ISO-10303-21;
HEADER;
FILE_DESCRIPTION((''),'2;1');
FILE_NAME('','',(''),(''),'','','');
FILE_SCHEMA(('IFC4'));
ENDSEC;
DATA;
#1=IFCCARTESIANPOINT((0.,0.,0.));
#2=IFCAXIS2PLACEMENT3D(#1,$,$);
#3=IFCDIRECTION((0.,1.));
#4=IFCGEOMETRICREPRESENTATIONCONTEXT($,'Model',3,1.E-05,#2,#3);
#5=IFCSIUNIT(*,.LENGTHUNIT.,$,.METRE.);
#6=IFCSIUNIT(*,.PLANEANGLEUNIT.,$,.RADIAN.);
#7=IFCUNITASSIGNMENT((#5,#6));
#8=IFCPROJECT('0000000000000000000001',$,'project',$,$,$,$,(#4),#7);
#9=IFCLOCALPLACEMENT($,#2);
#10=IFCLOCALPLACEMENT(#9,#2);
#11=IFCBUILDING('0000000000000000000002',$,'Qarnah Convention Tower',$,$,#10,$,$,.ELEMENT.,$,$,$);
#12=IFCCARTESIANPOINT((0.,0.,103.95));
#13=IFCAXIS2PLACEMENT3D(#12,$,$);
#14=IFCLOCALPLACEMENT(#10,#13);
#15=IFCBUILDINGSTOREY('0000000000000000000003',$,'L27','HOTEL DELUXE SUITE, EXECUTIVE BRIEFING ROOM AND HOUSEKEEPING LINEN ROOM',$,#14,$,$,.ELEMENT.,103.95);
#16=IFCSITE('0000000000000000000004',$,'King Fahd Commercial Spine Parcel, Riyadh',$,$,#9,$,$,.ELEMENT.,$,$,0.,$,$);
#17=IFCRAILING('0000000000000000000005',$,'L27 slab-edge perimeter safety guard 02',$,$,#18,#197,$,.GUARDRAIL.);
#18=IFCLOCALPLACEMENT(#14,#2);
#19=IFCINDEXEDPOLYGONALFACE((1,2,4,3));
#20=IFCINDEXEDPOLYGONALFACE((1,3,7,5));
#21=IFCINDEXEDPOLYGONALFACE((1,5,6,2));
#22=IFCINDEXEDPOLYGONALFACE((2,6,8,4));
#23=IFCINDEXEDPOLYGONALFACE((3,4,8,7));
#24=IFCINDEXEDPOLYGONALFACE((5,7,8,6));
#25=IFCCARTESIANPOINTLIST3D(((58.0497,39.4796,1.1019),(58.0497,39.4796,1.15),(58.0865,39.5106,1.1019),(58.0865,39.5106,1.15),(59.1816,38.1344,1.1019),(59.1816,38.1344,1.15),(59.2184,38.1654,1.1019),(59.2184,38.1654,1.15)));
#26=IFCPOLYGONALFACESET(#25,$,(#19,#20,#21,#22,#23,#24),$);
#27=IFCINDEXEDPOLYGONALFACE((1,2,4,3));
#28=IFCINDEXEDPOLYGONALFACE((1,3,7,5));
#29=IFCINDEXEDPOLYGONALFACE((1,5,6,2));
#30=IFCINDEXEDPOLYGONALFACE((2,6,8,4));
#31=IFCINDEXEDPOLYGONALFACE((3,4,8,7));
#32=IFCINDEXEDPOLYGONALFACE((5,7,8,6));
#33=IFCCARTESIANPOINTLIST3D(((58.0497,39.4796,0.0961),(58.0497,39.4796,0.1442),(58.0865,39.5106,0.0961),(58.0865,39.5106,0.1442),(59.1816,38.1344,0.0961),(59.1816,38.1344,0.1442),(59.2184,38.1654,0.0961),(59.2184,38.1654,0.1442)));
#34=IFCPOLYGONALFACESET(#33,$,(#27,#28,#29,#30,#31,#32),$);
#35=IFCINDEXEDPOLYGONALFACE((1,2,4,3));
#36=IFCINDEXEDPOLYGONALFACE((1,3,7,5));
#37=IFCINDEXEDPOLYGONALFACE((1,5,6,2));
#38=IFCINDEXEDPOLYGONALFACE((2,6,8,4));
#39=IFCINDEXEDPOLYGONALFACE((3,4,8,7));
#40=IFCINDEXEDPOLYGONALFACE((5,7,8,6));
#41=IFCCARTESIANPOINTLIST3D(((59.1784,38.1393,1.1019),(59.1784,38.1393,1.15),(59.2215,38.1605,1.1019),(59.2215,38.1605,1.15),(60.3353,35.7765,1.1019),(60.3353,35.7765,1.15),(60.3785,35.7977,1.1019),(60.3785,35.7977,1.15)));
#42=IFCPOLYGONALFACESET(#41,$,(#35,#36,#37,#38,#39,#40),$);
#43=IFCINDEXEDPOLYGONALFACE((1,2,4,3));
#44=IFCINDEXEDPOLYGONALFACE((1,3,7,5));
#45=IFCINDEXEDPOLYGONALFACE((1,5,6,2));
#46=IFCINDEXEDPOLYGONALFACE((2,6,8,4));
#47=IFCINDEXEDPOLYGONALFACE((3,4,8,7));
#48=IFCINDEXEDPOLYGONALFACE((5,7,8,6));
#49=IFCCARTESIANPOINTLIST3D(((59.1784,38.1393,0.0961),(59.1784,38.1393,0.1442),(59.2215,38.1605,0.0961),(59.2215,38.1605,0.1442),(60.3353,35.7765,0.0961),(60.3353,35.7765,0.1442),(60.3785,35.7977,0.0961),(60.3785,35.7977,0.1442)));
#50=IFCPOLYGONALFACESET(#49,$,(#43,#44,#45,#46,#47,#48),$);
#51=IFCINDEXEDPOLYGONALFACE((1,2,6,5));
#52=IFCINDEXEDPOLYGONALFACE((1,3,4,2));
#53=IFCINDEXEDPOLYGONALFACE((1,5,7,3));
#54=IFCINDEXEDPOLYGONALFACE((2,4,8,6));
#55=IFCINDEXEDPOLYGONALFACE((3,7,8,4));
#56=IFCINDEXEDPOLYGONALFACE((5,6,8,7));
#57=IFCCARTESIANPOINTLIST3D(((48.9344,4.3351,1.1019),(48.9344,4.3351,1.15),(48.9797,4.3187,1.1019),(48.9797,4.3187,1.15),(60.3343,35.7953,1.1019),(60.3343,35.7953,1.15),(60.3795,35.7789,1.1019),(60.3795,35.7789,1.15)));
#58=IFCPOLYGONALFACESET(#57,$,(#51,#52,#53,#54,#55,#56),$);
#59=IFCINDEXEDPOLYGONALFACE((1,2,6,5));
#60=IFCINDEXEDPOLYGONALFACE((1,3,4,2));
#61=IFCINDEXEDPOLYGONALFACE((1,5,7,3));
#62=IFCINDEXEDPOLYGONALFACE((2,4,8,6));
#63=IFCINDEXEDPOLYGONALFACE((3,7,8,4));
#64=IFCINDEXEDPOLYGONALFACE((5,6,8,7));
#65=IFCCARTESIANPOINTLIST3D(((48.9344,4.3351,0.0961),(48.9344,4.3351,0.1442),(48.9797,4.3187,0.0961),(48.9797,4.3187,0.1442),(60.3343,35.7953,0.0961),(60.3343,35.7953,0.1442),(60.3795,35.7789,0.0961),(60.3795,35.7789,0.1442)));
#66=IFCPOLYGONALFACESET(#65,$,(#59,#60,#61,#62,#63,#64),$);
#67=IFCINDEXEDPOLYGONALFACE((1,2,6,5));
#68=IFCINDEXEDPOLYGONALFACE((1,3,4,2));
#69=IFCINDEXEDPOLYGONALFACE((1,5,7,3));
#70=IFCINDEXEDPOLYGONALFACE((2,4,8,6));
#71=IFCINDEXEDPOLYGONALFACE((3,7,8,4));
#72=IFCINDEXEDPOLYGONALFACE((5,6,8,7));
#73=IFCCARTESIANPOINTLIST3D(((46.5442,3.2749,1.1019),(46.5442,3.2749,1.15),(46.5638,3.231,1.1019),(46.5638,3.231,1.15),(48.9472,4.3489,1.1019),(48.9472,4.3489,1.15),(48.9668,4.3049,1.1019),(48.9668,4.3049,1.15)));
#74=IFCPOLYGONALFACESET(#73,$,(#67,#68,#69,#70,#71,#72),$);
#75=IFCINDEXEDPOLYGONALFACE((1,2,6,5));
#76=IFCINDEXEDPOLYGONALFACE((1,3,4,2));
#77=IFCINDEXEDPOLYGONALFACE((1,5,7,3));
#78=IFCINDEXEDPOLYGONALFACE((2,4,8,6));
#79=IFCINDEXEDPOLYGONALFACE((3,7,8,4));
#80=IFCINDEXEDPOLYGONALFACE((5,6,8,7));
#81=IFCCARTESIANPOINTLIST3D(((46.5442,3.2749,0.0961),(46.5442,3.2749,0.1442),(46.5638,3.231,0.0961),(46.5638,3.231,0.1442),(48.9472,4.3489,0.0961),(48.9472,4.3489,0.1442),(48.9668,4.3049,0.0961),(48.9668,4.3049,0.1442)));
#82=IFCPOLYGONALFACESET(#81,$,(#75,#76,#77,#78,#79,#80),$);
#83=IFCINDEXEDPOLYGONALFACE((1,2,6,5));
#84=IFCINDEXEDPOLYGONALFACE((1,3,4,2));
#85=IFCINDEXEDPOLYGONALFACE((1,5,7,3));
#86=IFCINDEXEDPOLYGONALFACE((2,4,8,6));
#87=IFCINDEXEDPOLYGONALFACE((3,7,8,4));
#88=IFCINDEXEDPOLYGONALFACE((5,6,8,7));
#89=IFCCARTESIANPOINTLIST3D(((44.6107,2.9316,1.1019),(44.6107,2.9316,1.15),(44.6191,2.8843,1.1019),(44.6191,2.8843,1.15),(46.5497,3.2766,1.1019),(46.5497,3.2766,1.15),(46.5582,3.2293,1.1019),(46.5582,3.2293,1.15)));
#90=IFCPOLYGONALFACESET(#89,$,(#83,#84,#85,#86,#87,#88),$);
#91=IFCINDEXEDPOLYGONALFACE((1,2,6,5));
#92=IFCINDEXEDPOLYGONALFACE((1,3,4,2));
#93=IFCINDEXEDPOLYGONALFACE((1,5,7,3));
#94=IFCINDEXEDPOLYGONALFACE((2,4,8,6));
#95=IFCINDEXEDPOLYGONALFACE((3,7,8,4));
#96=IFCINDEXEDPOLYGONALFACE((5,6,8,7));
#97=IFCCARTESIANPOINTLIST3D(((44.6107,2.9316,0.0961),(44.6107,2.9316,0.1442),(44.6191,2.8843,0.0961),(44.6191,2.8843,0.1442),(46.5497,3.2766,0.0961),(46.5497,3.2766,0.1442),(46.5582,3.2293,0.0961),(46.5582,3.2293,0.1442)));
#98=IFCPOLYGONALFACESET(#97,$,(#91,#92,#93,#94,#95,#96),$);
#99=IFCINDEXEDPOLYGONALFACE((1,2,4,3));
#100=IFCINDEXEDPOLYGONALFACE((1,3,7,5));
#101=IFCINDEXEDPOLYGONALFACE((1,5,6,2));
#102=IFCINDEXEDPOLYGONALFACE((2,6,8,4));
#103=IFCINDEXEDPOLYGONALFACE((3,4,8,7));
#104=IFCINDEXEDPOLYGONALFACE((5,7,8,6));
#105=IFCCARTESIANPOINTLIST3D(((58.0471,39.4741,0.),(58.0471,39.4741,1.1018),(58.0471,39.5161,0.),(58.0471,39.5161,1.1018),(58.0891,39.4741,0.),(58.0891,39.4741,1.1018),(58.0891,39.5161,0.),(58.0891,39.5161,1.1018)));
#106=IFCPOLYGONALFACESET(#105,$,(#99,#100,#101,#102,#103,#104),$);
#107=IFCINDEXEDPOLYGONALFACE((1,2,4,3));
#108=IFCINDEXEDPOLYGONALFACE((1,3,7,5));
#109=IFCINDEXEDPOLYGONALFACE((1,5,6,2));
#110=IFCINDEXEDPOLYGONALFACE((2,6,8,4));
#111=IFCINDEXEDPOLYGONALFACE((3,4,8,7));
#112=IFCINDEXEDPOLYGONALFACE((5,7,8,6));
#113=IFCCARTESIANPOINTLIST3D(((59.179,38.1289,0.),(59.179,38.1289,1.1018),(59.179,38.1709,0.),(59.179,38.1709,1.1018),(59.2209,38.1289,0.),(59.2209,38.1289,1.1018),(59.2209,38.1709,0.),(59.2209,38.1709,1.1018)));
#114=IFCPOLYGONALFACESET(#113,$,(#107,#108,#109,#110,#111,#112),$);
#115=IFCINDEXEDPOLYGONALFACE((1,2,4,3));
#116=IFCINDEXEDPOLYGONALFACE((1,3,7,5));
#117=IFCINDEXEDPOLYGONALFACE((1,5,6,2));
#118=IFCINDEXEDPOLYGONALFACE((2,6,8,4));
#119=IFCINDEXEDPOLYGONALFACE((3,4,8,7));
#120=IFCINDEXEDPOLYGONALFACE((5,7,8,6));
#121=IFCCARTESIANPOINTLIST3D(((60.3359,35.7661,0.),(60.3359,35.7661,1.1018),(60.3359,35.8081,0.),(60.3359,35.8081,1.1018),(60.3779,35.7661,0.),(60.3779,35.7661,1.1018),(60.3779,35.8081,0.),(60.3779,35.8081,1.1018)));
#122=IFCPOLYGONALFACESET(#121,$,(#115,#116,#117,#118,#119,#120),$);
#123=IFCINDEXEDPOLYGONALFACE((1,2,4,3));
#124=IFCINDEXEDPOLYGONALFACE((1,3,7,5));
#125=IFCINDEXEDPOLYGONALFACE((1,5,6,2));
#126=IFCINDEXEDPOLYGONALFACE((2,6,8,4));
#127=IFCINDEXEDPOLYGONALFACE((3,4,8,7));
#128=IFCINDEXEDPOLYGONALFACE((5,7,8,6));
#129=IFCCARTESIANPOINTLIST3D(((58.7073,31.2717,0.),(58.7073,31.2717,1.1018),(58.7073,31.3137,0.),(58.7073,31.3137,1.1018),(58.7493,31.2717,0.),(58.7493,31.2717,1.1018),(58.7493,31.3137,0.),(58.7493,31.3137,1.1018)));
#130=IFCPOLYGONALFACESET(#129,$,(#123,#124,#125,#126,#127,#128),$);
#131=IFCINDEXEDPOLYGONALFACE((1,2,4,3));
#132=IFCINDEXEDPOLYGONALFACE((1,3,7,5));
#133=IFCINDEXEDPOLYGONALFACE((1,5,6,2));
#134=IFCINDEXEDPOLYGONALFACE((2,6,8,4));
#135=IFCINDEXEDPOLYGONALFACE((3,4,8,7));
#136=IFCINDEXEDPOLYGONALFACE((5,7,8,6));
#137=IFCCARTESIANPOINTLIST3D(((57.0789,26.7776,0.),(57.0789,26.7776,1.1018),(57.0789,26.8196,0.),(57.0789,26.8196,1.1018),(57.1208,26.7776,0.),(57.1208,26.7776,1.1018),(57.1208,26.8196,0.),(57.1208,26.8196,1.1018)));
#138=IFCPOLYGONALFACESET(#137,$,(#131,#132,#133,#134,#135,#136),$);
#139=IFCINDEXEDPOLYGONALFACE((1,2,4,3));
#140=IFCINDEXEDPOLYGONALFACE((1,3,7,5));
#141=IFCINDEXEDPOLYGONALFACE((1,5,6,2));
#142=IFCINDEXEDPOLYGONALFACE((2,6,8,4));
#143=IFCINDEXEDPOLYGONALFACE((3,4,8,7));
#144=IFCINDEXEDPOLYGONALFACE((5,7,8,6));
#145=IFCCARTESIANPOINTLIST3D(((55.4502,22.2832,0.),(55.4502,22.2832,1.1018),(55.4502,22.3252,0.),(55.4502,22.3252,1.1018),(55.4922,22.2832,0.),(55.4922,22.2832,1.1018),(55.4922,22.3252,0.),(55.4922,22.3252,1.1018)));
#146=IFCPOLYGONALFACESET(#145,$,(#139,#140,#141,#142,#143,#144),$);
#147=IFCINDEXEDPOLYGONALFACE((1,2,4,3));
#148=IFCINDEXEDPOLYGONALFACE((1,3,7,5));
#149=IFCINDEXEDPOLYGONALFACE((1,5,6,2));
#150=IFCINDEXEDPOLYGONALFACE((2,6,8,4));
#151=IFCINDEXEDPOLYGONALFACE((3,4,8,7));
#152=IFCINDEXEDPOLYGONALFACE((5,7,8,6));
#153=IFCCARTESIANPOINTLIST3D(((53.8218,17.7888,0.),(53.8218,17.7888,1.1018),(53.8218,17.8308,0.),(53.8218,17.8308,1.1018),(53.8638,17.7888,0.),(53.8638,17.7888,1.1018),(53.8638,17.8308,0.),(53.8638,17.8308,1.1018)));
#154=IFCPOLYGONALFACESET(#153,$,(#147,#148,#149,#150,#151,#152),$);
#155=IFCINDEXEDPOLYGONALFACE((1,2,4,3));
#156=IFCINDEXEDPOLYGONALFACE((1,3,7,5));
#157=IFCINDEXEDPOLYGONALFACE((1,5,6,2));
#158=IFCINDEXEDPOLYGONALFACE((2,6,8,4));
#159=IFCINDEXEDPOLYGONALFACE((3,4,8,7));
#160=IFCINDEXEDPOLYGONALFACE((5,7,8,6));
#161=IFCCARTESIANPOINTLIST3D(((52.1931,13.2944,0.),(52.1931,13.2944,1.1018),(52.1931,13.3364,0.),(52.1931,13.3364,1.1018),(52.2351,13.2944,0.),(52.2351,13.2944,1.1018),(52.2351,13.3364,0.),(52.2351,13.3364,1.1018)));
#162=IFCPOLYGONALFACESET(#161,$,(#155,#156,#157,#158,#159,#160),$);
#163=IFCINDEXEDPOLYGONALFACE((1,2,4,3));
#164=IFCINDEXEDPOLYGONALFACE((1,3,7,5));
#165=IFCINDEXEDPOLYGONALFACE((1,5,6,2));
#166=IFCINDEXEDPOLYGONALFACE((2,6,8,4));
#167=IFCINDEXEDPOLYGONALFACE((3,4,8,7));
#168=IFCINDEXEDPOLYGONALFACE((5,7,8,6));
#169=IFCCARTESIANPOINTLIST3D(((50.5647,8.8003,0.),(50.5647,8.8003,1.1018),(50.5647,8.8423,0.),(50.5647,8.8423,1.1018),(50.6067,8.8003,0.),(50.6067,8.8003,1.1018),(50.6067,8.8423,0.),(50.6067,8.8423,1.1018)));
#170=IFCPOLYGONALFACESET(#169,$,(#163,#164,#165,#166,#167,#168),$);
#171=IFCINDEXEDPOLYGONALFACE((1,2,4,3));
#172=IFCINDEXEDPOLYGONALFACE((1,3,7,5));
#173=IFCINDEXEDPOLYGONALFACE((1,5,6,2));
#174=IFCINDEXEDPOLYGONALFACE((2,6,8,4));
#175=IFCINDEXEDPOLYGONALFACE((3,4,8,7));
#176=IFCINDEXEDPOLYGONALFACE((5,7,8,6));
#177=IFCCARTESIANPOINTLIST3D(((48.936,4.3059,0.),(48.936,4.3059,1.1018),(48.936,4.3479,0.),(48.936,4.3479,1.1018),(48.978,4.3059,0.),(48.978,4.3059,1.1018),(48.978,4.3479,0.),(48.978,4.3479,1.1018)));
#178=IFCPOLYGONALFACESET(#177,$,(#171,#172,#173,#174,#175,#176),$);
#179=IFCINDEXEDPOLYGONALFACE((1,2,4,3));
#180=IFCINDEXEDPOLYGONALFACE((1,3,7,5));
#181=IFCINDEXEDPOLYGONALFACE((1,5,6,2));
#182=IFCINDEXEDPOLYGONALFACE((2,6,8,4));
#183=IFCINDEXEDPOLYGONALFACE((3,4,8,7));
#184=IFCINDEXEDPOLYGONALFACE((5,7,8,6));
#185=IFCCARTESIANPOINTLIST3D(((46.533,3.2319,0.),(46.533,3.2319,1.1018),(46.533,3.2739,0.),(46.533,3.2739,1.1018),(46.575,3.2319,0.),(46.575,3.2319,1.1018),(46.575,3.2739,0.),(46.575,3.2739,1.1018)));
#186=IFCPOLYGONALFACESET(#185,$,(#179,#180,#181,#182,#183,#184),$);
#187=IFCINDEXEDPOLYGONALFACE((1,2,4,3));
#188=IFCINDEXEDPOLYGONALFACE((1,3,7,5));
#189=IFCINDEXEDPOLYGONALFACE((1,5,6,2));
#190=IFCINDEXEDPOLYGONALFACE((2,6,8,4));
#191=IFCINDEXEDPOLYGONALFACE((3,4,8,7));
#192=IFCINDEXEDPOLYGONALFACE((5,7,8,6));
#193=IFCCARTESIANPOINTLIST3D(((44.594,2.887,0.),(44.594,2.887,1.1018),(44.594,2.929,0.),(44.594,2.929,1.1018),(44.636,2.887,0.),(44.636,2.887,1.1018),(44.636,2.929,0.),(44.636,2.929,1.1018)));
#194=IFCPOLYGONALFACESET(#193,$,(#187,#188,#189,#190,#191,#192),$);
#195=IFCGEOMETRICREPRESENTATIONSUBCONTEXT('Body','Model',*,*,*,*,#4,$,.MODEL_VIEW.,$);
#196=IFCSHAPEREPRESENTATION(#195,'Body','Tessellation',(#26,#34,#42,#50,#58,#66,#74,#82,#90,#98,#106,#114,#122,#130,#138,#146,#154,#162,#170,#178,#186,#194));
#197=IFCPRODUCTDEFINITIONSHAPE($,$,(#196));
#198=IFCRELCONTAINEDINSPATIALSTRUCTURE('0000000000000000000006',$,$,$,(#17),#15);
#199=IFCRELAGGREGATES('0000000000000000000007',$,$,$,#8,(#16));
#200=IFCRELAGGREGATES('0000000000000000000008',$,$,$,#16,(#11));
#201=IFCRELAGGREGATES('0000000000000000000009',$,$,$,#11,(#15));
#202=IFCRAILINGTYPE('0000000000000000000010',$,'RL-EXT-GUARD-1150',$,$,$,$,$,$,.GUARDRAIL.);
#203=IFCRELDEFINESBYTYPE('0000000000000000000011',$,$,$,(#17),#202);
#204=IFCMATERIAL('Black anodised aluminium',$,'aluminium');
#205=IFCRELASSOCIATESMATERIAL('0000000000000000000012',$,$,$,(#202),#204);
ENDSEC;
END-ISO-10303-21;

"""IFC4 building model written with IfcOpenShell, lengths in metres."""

from ifc_helpers import new_model, si_unit, direction, frame, origin, origin_2d, place, context, subcontext, project, spatial, rectangle, extrude, material, type_object, element, save


model = new_model("IFC4")

# Units and contexts
model_context = context("Model", 3, precision=1e-05, world=origin(), true_north=direction((0.0, 1.0)))
body_context = subcontext(model_context, "Body", "Model", "MODEL_VIEW")
ifc_project = project(units=[si_unit("LENGTHUNIT", "METRE"), si_unit("PLANEANGLEUNIT", "RADIAN")], contexts=[model_context])

# Site, building, storey
site_placement = place(None, origin())
site = spatial("IfcSite", under=ifc_project, at=site_placement, Name="King Fahd Commercial Spine Parcel, Riyadh", CompositionType="ELEMENT", RefElevation=0.0)
building_placement = place(site_placement, origin())
building = spatial("IfcBuilding", under=site, at=building_placement, Name="Qarnah Convention Tower", CompositionType="ELEMENT")
storey_placement = place(building_placement, frame((0.0, 0.0, 103.95)))
storey = spatial("IfcBuildingStorey", under=building, at=storey_placement, Name="L27", Description="HOTEL DELUXE SUITE, EXECUTIVE BRIEFING ROOM AND HOUSEKEEPING LINEN ROOM", CompositionType="ELEMENT", Elevation=103.95)

# Shared definitions
ifc_material_1 = material(Name="Black anodised aluminium", Category="aluminium")

# Railing
railing_type = type_object("IfcRailingType", Name="RL-EXT-GUARD-1150", PredefinedType="GUARDRAIL", material=ifc_material_1)
railing_1_placement = place(storey_placement, frame((58.0681, 39.4951, 0.0)))
element("IfcRailing", 1, at=railing_1_placement, inside=storey, type_object=railing_type, Name="L27 slab-edge perimeter safety guard 02", PredefinedType="GUARDRAIL", context=body_context, shape_type="SweptSolid", body=[
    extrude(rectangle(XDim=0.0481, YDim=0.0481, at=origin_2d()), frame((0.0, 0.0, 1.126), z_axis=(0.643811, -0.765185, 0.0), x_axis=(0.765185, 0.643811, 0.0)), (0.0, 0.0, 1.0), 1.7581),
    extrude(rectangle(XDim=0.0481, YDim=0.0481, at=origin_2d()), frame((0.0, 0.0, 0.1201), z_axis=(0.643811, -0.765185, 0.0), x_axis=(0.765185, 0.643811, 0.0)), (0.0, 0.0, 1.0), 1.7581),
    extrude(rectangle(XDim=0.0481, YDim=0.0481, at=origin_2d()), frame((1.1318, -1.3452, 1.126), z_axis=(0.439774, -0.898108, 0.0), x_axis=(0.898108, 0.439774, 0.0)), (0.0, 0.0, 1.0), 2.6309),
    extrude(rectangle(XDim=0.0481, YDim=0.0481, at=origin_2d()), frame((1.1318, -1.3452, 0.1201), z_axis=(0.439774, -0.898108, 0.0), x_axis=(0.898108, 0.439774, 0.0)), (0.0, 0.0, 1.0), 2.6309),
    extrude(rectangle(XDim=0.0481, YDim=0.0481, at=origin_2d()), frame((2.2888, -3.708, 1.126), z_axis=(-0.340683, -0.940178, 0.0), x_axis=(0.940178, -0.340683, 0.0)), (0.0, 0.0, 1.0), 33.4619),
    extrude(rectangle(XDim=0.0481, YDim=0.0481, at=origin_2d()), frame((2.2888, -3.708, 0.1201), z_axis=(-0.340683, -0.940178, 0.0), x_axis=(0.940178, -0.340683, 0.0)), (0.0, 0.0, 1.0), 33.4619),
    extrude(rectangle(XDim=0.0481, YDim=0.0481, at=origin_2d()), frame((-9.1111, -35.1682, 1.126), z_axis=(-0.912972, -0.408022, 0.0), x_axis=(0.408022, -0.912972, 0.0)), (0.0, 0.0, 1.0), 2.6321),
    extrude(rectangle(XDim=0.0481, YDim=0.0481, at=origin_2d()), frame((-9.1111, -35.1682, 0.1201), z_axis=(-0.912972, -0.408022, 0.0), x_axis=(0.408022, -0.912972, 0.0)), (0.0, 0.0, 1.0), 2.6321),
    extrude(rectangle(XDim=0.0481, YDim=0.0481, at=origin_2d()), frame((-11.5142, -36.2422, 1.126), z_axis=(-0.984539, -0.175164, 0.0), x_axis=(0.175164, -0.984539, 0.0)), (0.0, 0.0, 1.0), 1.9695),
    extrude(rectangle(XDim=0.0481, YDim=0.0481, at=origin_2d()), frame((-11.5142, -36.2422, 0.1201), z_axis=(-0.984539, -0.175164, 0.0), x_axis=(0.175164, -0.984539, 0.0)), (0.0, 0.0, 1.0), 1.9695),
    extrude(rectangle(XDim=0.042, YDim=0.042, at=origin_2d()), origin(), (0.0, 0.0, 1.0), 1.1018),
    extrude(rectangle(XDim=0.042, YDim=0.042, at=origin_2d()), frame((1.1318, -1.3452, 0.0)), (0.0, 0.0, 1.0), 1.1018),
    extrude(rectangle(XDim=0.042, YDim=0.042, at=origin_2d()), frame((2.2888, -3.708, 0.0)), (0.0, 0.0, 1.0), 1.1018),
    extrude(rectangle(XDim=0.042, YDim=0.042, at=origin_2d()), frame((0.6602, -8.2024, 0.0)), (0.0, 0.0, 1.0), 1.1018),
    extrude(rectangle(XDim=0.042, YDim=0.042, at=origin_2d()), frame((-0.9683, -12.6965, 0.0)), (0.0, 0.0, 1.0), 1.1018),
    extrude(rectangle(XDim=0.042, YDim=0.042, at=origin_2d()), frame((-2.5969, -17.1909, 0.0)), (0.0, 0.0, 1.0), 1.1018),
    extrude(rectangle(XDim=0.042, YDim=0.042, at=origin_2d()), frame((-4.2253, -21.6853, 0.0)), (0.0, 0.0, 1.0), 1.1018),
    extrude(rectangle(XDim=0.042, YDim=0.042, at=origin_2d()), frame((-5.854, -26.1797, 0.0)), (0.0, 0.0, 1.0), 1.1018),
    extrude(rectangle(XDim=0.042, YDim=0.042, at=origin_2d()), frame((-7.4824, -30.6738, 0.0)), (0.0, 0.0, 1.0), 1.1018),
    extrude(rectangle(XDim=0.042, YDim=0.042, at=origin_2d()), frame((-9.1111, -35.1682, 0.0)), (0.0, 0.0, 1.0), 1.1018),
    extrude(rectangle(XDim=0.042, YDim=0.042, at=origin_2d()), frame((-11.5142, -36.2422, 0.0)), (0.0, 0.0, 1.0), 1.1018),
    extrude(rectangle(XDim=0.042, YDim=0.042, at=origin_2d()), frame((-13.4531, -36.5872, 0.0)), (0.0, 0.0, 1.0), 1.1018),
])

save(model, "model.ifc")
